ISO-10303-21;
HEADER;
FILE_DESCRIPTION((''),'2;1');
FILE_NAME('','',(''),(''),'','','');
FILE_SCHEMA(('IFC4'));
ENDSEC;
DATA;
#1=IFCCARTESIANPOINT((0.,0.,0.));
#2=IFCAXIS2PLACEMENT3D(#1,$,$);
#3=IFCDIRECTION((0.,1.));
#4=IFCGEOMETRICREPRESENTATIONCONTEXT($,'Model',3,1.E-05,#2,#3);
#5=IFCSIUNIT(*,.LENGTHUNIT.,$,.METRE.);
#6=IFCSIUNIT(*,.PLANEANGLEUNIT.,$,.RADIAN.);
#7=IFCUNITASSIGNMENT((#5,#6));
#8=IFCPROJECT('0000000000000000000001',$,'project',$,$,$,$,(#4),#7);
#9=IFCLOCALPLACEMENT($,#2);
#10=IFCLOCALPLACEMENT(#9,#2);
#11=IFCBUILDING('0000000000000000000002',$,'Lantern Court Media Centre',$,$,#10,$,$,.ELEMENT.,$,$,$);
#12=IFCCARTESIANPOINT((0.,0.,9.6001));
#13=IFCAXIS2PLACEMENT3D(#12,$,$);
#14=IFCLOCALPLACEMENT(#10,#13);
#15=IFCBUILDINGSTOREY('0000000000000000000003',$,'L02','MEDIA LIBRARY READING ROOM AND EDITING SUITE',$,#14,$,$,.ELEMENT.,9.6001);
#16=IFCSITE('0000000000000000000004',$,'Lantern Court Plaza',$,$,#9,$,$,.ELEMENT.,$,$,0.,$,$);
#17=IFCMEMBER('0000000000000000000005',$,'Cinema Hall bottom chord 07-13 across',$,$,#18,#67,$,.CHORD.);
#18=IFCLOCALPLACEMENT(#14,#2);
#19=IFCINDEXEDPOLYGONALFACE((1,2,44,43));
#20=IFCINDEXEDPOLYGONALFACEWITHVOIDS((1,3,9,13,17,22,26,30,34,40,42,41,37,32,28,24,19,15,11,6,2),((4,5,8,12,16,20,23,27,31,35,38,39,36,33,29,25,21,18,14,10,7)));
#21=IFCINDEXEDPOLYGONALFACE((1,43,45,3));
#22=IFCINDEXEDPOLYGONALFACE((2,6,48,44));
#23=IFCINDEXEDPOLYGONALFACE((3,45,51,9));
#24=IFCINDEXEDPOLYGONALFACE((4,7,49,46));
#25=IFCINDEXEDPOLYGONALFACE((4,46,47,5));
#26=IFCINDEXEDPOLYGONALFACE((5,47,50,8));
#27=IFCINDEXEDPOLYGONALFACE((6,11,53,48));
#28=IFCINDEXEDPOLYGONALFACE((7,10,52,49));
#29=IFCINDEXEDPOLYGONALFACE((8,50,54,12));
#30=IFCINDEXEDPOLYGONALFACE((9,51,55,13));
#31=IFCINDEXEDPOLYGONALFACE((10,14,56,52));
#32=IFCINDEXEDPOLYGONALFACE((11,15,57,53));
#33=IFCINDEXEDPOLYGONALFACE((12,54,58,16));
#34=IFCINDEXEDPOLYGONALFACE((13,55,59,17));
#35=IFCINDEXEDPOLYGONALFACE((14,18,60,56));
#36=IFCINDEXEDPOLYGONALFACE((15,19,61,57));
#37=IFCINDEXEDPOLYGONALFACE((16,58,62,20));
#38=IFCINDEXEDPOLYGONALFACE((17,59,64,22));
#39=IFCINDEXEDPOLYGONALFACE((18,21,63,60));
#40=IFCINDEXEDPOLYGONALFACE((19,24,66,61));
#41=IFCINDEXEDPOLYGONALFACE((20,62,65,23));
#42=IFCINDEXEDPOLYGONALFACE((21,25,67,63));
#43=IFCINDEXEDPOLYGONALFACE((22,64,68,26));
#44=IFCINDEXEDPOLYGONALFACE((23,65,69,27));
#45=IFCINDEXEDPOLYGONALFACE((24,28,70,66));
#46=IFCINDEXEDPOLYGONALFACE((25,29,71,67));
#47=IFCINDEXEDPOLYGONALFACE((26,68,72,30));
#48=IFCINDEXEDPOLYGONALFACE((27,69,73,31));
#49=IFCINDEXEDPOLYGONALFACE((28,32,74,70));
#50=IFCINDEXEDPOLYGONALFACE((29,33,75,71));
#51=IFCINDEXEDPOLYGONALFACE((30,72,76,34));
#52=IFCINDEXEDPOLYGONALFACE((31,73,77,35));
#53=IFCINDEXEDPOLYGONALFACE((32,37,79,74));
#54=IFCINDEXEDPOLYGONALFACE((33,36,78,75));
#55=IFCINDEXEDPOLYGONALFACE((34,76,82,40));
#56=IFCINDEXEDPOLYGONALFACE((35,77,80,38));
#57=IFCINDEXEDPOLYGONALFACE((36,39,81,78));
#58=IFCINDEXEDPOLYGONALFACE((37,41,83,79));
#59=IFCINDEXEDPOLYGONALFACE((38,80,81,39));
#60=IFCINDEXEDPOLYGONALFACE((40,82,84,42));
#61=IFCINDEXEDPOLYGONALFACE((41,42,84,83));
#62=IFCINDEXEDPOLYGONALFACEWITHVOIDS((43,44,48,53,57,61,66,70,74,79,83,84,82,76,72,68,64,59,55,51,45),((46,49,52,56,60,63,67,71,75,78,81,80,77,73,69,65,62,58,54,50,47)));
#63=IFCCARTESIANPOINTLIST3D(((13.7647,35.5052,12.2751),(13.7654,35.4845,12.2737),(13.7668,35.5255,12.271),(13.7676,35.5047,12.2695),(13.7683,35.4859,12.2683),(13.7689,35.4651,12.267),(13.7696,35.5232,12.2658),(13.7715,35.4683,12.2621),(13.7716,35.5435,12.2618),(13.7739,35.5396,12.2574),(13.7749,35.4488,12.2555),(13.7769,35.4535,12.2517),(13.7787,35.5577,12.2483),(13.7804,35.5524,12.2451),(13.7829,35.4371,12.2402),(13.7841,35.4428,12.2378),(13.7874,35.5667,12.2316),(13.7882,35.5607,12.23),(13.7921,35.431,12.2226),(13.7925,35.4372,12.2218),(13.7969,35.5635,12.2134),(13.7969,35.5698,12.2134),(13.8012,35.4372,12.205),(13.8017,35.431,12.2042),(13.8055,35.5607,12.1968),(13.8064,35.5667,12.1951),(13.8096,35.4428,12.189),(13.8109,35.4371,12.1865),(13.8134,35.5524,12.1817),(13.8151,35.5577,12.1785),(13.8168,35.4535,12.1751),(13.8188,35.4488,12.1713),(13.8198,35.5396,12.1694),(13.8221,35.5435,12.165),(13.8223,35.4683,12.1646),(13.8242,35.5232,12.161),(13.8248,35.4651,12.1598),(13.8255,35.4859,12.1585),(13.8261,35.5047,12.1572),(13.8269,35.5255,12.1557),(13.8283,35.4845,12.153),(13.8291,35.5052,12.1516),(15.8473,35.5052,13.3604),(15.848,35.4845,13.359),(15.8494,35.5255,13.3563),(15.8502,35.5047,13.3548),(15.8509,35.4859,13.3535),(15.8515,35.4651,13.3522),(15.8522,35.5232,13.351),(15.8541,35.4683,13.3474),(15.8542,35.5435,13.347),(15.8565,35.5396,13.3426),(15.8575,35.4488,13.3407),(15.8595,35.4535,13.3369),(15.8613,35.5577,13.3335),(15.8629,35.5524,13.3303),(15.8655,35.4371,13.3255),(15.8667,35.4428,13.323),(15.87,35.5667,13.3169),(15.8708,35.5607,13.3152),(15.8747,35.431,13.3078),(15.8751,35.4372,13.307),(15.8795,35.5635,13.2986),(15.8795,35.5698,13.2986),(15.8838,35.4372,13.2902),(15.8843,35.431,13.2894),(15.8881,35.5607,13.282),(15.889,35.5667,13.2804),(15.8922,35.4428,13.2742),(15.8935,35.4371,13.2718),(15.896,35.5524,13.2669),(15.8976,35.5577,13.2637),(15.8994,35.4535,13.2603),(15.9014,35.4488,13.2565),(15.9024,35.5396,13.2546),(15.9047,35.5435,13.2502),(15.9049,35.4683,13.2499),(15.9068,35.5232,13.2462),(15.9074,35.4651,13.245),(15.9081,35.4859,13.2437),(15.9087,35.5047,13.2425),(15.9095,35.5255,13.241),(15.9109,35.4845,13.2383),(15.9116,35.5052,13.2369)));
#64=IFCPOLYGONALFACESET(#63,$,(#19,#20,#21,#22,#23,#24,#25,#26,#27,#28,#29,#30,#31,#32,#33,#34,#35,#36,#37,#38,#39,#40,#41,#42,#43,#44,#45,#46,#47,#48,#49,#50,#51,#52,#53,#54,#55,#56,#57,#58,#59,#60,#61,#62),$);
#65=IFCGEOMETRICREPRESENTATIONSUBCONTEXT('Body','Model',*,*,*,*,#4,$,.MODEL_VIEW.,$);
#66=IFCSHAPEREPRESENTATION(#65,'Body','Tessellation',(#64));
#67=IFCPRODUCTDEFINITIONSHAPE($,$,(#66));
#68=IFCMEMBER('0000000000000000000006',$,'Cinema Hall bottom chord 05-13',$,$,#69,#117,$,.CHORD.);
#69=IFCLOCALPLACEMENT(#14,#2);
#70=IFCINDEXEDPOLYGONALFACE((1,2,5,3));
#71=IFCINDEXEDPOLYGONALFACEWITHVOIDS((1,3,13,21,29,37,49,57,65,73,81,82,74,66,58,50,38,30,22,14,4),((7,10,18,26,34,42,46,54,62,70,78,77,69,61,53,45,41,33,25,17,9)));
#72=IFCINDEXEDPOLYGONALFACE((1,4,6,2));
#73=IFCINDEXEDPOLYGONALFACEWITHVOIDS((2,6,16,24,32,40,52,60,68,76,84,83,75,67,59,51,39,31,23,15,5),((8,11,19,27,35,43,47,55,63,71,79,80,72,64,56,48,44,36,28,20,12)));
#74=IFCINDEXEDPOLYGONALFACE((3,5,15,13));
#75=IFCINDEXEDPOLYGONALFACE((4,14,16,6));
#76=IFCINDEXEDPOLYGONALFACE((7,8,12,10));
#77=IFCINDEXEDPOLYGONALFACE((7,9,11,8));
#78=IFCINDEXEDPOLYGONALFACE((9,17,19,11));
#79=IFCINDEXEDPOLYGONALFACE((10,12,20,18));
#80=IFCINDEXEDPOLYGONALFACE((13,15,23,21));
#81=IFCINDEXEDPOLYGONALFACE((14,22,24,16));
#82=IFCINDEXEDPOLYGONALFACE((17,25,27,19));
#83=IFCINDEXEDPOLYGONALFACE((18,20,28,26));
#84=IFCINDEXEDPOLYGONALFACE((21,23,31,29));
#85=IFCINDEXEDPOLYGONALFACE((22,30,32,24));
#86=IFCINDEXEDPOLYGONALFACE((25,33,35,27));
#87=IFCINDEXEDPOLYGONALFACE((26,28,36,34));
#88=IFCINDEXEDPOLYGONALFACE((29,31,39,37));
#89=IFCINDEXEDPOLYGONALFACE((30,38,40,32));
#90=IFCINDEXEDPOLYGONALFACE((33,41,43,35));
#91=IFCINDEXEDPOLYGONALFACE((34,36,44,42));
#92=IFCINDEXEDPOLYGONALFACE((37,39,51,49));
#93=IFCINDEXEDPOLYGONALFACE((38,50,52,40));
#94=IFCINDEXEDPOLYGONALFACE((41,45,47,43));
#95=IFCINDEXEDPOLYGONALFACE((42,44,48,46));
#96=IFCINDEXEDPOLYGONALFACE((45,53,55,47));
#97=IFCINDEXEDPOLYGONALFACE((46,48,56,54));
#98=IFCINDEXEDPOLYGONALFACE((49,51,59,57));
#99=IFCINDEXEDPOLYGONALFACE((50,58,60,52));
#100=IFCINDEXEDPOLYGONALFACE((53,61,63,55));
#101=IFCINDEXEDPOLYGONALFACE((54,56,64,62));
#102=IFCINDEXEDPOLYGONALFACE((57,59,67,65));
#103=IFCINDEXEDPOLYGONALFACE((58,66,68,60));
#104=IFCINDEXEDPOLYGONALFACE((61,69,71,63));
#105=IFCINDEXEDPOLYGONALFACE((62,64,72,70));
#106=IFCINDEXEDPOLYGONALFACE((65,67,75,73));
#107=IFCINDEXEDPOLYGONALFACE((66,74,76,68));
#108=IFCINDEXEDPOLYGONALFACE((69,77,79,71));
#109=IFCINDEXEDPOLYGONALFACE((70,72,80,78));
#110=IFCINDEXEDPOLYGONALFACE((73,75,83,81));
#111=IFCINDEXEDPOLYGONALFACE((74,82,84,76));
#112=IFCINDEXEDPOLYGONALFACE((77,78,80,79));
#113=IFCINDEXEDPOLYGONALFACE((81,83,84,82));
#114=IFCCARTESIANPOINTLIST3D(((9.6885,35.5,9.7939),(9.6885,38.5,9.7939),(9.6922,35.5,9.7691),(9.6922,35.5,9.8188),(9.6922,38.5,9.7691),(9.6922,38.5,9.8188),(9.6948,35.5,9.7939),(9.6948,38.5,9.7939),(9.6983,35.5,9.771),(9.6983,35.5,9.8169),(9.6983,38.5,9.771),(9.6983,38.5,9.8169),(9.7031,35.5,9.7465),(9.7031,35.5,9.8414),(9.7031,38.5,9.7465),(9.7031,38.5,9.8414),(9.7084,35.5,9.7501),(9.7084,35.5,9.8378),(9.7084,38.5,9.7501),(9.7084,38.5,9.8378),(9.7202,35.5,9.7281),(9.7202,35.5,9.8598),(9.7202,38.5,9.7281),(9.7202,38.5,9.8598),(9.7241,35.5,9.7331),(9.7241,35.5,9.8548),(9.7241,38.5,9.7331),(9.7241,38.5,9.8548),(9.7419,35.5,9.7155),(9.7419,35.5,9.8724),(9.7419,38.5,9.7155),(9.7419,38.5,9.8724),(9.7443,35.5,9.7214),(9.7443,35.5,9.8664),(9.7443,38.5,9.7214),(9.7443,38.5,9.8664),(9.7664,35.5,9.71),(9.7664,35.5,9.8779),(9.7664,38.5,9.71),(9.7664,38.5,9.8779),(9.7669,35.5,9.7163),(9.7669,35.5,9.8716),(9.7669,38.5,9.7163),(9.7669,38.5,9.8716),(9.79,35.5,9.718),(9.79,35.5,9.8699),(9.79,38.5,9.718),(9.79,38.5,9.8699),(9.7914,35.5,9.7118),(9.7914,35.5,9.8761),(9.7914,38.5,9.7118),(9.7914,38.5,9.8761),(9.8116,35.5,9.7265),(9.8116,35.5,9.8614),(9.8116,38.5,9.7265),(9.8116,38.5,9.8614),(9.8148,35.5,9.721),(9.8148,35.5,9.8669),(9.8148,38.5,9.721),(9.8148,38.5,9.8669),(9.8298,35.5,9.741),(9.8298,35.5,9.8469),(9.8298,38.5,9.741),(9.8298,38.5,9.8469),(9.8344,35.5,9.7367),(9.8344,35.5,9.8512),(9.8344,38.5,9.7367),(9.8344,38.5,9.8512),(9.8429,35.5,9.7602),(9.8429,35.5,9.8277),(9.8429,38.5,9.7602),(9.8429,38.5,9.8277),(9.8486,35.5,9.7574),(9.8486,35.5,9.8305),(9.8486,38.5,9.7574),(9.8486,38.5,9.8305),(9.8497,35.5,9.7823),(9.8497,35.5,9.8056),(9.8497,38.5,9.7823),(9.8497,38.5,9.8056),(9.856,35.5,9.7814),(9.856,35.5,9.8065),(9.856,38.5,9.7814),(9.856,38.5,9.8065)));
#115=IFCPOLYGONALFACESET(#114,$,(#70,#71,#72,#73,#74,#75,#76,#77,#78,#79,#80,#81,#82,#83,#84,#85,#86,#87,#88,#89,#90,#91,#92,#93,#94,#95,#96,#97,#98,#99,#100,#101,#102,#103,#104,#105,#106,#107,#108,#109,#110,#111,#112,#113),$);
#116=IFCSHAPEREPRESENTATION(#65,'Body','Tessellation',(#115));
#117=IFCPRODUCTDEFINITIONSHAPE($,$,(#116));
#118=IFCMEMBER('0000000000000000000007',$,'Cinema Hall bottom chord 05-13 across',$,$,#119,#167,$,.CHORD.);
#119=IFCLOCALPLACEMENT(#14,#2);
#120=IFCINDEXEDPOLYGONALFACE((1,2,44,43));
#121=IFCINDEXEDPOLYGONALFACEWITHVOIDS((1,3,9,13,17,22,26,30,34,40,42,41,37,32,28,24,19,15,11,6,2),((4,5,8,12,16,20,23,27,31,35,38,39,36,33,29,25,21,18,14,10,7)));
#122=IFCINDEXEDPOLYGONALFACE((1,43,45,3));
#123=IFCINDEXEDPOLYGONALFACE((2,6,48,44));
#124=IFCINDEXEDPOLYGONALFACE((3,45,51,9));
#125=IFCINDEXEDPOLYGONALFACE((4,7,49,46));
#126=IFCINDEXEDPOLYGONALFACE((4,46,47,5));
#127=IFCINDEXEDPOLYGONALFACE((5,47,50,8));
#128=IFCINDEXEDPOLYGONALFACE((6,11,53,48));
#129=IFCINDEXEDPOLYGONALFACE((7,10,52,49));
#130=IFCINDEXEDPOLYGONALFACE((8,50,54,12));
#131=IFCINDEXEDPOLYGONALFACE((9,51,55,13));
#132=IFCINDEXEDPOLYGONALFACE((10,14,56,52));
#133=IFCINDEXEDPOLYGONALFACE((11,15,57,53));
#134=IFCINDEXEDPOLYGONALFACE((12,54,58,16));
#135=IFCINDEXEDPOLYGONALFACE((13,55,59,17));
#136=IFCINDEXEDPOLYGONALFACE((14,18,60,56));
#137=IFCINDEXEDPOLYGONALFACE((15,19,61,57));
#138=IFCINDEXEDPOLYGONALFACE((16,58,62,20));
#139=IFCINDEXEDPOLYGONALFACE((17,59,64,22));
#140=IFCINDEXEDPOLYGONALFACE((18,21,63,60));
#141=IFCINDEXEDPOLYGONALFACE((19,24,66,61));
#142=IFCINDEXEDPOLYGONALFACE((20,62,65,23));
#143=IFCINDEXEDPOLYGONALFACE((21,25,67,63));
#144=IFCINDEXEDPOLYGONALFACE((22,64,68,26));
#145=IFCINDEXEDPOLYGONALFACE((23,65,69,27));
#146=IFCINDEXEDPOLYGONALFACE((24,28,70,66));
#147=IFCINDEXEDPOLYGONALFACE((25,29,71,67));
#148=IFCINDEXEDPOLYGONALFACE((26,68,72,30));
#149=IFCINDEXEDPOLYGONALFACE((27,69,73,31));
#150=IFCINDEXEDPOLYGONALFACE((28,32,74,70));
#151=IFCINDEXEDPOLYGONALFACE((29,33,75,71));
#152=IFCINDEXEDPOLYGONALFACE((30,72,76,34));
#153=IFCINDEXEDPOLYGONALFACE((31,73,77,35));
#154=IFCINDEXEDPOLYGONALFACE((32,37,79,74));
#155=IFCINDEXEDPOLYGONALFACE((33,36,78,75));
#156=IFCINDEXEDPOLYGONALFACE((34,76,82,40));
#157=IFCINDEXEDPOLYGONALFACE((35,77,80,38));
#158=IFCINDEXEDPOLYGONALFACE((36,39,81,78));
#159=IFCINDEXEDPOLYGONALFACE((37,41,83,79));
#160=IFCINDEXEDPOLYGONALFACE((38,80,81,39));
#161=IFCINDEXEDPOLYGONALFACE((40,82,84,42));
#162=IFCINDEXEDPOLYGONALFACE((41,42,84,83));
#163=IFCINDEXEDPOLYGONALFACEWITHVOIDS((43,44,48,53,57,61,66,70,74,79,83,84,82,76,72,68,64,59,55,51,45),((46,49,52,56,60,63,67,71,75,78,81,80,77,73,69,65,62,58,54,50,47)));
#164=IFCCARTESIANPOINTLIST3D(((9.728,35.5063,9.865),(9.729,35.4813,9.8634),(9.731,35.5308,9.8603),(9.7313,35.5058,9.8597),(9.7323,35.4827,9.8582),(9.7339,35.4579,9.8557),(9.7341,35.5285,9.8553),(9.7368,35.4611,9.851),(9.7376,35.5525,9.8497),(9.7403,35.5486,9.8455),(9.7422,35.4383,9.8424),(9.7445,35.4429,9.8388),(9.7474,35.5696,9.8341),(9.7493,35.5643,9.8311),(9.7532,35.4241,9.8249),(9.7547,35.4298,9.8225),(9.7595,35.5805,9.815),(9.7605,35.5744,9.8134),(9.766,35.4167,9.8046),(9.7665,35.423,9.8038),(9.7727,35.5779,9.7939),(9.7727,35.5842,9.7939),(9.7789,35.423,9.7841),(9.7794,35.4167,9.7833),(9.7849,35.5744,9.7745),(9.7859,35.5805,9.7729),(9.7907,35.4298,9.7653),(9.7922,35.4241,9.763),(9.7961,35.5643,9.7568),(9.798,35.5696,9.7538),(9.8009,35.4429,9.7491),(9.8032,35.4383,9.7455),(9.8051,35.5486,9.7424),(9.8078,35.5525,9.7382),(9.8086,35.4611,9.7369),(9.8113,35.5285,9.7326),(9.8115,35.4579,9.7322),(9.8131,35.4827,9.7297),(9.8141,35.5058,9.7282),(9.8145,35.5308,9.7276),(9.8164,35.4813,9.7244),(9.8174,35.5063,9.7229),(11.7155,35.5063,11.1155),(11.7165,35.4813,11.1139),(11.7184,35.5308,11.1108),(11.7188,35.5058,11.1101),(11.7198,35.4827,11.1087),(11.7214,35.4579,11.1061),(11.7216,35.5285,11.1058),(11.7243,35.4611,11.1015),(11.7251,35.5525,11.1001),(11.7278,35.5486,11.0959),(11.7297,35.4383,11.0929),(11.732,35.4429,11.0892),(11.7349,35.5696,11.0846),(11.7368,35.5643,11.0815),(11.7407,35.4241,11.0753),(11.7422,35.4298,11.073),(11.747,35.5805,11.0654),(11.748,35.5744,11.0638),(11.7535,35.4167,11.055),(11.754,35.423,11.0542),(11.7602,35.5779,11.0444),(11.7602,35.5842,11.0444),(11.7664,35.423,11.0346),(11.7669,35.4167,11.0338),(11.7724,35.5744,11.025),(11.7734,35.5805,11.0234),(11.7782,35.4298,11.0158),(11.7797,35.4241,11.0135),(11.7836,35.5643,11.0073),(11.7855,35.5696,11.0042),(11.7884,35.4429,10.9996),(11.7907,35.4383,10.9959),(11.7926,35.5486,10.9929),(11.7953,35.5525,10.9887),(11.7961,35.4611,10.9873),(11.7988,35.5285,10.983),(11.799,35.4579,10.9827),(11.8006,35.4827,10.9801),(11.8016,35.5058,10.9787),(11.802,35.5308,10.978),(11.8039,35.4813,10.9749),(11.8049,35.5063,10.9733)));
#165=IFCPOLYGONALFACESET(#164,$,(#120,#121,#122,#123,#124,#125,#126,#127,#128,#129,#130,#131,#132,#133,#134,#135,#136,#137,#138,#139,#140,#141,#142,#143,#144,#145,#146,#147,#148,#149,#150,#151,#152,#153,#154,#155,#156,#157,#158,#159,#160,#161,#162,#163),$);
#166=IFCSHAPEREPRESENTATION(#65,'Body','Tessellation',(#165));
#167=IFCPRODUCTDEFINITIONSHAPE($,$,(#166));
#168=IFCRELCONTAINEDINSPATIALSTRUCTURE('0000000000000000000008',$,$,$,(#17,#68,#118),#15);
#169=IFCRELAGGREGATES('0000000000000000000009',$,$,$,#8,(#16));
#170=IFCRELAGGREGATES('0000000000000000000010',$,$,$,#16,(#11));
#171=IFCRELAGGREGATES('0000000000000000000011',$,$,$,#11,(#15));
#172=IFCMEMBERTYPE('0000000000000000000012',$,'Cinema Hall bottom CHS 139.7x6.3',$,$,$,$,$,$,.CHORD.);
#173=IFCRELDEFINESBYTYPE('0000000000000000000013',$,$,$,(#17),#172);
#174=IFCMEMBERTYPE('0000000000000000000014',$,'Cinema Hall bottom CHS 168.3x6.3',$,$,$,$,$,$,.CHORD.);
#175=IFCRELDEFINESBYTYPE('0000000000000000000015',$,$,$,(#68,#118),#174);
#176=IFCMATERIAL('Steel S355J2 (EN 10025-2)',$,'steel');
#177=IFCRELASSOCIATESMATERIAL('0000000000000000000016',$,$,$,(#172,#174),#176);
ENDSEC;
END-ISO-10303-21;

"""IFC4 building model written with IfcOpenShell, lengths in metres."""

from ifc_helpers import new_model, si_unit, direction, frame, origin, origin_2d, place, context, subcontext, project, spatial, hollow_circle, extrude, material, material_profile, profile_set, type_object, element, save


model = new_model("IFC4")

# Units and contexts
model_context = context("Model", 3, precision=1e-05, world=origin(), true_north=direction((0.0, 1.0)))
body_context = subcontext(model_context, "Body", "Model", "MODEL_VIEW")
ifc_project = project(units=[si_unit("LENGTHUNIT", "METRE"), si_unit("PLANEANGLEUNIT", "RADIAN")], contexts=[model_context])

# Site, building, storey
site_placement = place(None, origin())
site = spatial("IfcSite", under=ifc_project, at=site_placement, Name="Lantern Court Plaza", CompositionType="ELEMENT", RefElevation=0.0)
building_placement = place(site_placement, origin())
building = spatial("IfcBuilding", under=site, at=building_placement, Name="Lantern Court Media Centre", CompositionType="ELEMENT")
storey_placement = place(building_placement, frame((0.0, 0.0, 9.6001)))
storey = spatial("IfcBuildingStorey", under=building, at=storey_placement, Name="L02", Description="MEDIA LIBRARY READING ROOM AND EDITING SUITE", CompositionType="ELEMENT", Elevation=9.6001)

# Members
ifc_material = material(Name="Steel S355J2 (EN 10025-2)", Category="steel")
ifc_material_profile_1 = material_profile(ifc_material, hollow_circle(Radius=0.0698, WallThickness=0.0063, at=origin_2d()), Name="Cinema Hall bottom CHS 139.7x6.3")
ifc_profile_set_1 = profile_set([ifc_material_profile_1], Name="Steel S355J2 (EN 10025-2)")
member_type_1 = type_object("IfcMemberType", Name="Cinema Hall bottom CHS 139.7x6.3", PredefinedType="CHORD", material=ifc_profile_set_1)
member_1_placement = place(storey_placement, frame((13.7969, 35.5, 12.2134), z_axis=(0.886816, 0.0, 0.462122), x_axis=(0.0, 1.0, 0.0)))
element("IfcMember", 1, at=member_1_placement, inside=storey, type_object=member_type_1, Name="Cinema Hall bottom chord 07-13 across", PredefinedType="CHORD", context=body_context, shape_type="SweptSolid", body=[
    extrude(hollow_circle(Radius=0.0698, WallThickness=0.0063, at=origin_2d()), origin(), (0.0, 0.0, 1.0), 2.3484),
])
ifc_material_profile_2 = material_profile(ifc_material, hollow_circle(Radius=0.0842, WallThickness=0.0063, at=origin_2d()), Name="Cinema Hall bottom CHS 168.3x6.3")
ifc_profile_set_2 = profile_set([ifc_material_profile_2], Name="Steel S355J2 (EN 10025-2)")
member_type_2 = type_object("IfcMemberType", Name="Cinema Hall bottom CHS 168.3x6.3", PredefinedType="CHORD", material=ifc_profile_set_2)
member_2_placement = place(storey_placement, frame((9.7727, 35.5, 9.7939), z_axis=(0.0, 1.0, 0.0), x_axis=(-1.0, 0.0, 0.0)))
element("IfcMember", 2, at=member_2_placement, inside=storey, type_object=member_type_2, Name="Cinema Hall bottom chord 05-13", PredefinedType="CHORD", context=body_context, shape_type="SweptSolid", body=[
    extrude(hollow_circle(Radius=0.0842, WallThickness=0.0063, at=origin_2d()), origin(), (0.0, 0.0, 1.0), 3.0),
])
member_3_placement = place(storey_placement, frame((9.7727, 35.5, 9.7939), z_axis=(0.846412, 0.0, 0.532529), x_axis=(0.0, 1.0, 0.0)))
element("IfcMember", 3, at=member_3_placement, inside=storey, type_object=member_type_2, Name="Cinema Hall bottom chord 05-13 across", PredefinedType="CHORD", context=body_context, shape_type="SweptSolid", body=[
    extrude(hollow_circle(Radius=0.0842, WallThickness=0.0063, at=origin_2d()), origin(), (0.0, 0.0, 1.0), 2.3481),
])

save(model, "model.ifc")
